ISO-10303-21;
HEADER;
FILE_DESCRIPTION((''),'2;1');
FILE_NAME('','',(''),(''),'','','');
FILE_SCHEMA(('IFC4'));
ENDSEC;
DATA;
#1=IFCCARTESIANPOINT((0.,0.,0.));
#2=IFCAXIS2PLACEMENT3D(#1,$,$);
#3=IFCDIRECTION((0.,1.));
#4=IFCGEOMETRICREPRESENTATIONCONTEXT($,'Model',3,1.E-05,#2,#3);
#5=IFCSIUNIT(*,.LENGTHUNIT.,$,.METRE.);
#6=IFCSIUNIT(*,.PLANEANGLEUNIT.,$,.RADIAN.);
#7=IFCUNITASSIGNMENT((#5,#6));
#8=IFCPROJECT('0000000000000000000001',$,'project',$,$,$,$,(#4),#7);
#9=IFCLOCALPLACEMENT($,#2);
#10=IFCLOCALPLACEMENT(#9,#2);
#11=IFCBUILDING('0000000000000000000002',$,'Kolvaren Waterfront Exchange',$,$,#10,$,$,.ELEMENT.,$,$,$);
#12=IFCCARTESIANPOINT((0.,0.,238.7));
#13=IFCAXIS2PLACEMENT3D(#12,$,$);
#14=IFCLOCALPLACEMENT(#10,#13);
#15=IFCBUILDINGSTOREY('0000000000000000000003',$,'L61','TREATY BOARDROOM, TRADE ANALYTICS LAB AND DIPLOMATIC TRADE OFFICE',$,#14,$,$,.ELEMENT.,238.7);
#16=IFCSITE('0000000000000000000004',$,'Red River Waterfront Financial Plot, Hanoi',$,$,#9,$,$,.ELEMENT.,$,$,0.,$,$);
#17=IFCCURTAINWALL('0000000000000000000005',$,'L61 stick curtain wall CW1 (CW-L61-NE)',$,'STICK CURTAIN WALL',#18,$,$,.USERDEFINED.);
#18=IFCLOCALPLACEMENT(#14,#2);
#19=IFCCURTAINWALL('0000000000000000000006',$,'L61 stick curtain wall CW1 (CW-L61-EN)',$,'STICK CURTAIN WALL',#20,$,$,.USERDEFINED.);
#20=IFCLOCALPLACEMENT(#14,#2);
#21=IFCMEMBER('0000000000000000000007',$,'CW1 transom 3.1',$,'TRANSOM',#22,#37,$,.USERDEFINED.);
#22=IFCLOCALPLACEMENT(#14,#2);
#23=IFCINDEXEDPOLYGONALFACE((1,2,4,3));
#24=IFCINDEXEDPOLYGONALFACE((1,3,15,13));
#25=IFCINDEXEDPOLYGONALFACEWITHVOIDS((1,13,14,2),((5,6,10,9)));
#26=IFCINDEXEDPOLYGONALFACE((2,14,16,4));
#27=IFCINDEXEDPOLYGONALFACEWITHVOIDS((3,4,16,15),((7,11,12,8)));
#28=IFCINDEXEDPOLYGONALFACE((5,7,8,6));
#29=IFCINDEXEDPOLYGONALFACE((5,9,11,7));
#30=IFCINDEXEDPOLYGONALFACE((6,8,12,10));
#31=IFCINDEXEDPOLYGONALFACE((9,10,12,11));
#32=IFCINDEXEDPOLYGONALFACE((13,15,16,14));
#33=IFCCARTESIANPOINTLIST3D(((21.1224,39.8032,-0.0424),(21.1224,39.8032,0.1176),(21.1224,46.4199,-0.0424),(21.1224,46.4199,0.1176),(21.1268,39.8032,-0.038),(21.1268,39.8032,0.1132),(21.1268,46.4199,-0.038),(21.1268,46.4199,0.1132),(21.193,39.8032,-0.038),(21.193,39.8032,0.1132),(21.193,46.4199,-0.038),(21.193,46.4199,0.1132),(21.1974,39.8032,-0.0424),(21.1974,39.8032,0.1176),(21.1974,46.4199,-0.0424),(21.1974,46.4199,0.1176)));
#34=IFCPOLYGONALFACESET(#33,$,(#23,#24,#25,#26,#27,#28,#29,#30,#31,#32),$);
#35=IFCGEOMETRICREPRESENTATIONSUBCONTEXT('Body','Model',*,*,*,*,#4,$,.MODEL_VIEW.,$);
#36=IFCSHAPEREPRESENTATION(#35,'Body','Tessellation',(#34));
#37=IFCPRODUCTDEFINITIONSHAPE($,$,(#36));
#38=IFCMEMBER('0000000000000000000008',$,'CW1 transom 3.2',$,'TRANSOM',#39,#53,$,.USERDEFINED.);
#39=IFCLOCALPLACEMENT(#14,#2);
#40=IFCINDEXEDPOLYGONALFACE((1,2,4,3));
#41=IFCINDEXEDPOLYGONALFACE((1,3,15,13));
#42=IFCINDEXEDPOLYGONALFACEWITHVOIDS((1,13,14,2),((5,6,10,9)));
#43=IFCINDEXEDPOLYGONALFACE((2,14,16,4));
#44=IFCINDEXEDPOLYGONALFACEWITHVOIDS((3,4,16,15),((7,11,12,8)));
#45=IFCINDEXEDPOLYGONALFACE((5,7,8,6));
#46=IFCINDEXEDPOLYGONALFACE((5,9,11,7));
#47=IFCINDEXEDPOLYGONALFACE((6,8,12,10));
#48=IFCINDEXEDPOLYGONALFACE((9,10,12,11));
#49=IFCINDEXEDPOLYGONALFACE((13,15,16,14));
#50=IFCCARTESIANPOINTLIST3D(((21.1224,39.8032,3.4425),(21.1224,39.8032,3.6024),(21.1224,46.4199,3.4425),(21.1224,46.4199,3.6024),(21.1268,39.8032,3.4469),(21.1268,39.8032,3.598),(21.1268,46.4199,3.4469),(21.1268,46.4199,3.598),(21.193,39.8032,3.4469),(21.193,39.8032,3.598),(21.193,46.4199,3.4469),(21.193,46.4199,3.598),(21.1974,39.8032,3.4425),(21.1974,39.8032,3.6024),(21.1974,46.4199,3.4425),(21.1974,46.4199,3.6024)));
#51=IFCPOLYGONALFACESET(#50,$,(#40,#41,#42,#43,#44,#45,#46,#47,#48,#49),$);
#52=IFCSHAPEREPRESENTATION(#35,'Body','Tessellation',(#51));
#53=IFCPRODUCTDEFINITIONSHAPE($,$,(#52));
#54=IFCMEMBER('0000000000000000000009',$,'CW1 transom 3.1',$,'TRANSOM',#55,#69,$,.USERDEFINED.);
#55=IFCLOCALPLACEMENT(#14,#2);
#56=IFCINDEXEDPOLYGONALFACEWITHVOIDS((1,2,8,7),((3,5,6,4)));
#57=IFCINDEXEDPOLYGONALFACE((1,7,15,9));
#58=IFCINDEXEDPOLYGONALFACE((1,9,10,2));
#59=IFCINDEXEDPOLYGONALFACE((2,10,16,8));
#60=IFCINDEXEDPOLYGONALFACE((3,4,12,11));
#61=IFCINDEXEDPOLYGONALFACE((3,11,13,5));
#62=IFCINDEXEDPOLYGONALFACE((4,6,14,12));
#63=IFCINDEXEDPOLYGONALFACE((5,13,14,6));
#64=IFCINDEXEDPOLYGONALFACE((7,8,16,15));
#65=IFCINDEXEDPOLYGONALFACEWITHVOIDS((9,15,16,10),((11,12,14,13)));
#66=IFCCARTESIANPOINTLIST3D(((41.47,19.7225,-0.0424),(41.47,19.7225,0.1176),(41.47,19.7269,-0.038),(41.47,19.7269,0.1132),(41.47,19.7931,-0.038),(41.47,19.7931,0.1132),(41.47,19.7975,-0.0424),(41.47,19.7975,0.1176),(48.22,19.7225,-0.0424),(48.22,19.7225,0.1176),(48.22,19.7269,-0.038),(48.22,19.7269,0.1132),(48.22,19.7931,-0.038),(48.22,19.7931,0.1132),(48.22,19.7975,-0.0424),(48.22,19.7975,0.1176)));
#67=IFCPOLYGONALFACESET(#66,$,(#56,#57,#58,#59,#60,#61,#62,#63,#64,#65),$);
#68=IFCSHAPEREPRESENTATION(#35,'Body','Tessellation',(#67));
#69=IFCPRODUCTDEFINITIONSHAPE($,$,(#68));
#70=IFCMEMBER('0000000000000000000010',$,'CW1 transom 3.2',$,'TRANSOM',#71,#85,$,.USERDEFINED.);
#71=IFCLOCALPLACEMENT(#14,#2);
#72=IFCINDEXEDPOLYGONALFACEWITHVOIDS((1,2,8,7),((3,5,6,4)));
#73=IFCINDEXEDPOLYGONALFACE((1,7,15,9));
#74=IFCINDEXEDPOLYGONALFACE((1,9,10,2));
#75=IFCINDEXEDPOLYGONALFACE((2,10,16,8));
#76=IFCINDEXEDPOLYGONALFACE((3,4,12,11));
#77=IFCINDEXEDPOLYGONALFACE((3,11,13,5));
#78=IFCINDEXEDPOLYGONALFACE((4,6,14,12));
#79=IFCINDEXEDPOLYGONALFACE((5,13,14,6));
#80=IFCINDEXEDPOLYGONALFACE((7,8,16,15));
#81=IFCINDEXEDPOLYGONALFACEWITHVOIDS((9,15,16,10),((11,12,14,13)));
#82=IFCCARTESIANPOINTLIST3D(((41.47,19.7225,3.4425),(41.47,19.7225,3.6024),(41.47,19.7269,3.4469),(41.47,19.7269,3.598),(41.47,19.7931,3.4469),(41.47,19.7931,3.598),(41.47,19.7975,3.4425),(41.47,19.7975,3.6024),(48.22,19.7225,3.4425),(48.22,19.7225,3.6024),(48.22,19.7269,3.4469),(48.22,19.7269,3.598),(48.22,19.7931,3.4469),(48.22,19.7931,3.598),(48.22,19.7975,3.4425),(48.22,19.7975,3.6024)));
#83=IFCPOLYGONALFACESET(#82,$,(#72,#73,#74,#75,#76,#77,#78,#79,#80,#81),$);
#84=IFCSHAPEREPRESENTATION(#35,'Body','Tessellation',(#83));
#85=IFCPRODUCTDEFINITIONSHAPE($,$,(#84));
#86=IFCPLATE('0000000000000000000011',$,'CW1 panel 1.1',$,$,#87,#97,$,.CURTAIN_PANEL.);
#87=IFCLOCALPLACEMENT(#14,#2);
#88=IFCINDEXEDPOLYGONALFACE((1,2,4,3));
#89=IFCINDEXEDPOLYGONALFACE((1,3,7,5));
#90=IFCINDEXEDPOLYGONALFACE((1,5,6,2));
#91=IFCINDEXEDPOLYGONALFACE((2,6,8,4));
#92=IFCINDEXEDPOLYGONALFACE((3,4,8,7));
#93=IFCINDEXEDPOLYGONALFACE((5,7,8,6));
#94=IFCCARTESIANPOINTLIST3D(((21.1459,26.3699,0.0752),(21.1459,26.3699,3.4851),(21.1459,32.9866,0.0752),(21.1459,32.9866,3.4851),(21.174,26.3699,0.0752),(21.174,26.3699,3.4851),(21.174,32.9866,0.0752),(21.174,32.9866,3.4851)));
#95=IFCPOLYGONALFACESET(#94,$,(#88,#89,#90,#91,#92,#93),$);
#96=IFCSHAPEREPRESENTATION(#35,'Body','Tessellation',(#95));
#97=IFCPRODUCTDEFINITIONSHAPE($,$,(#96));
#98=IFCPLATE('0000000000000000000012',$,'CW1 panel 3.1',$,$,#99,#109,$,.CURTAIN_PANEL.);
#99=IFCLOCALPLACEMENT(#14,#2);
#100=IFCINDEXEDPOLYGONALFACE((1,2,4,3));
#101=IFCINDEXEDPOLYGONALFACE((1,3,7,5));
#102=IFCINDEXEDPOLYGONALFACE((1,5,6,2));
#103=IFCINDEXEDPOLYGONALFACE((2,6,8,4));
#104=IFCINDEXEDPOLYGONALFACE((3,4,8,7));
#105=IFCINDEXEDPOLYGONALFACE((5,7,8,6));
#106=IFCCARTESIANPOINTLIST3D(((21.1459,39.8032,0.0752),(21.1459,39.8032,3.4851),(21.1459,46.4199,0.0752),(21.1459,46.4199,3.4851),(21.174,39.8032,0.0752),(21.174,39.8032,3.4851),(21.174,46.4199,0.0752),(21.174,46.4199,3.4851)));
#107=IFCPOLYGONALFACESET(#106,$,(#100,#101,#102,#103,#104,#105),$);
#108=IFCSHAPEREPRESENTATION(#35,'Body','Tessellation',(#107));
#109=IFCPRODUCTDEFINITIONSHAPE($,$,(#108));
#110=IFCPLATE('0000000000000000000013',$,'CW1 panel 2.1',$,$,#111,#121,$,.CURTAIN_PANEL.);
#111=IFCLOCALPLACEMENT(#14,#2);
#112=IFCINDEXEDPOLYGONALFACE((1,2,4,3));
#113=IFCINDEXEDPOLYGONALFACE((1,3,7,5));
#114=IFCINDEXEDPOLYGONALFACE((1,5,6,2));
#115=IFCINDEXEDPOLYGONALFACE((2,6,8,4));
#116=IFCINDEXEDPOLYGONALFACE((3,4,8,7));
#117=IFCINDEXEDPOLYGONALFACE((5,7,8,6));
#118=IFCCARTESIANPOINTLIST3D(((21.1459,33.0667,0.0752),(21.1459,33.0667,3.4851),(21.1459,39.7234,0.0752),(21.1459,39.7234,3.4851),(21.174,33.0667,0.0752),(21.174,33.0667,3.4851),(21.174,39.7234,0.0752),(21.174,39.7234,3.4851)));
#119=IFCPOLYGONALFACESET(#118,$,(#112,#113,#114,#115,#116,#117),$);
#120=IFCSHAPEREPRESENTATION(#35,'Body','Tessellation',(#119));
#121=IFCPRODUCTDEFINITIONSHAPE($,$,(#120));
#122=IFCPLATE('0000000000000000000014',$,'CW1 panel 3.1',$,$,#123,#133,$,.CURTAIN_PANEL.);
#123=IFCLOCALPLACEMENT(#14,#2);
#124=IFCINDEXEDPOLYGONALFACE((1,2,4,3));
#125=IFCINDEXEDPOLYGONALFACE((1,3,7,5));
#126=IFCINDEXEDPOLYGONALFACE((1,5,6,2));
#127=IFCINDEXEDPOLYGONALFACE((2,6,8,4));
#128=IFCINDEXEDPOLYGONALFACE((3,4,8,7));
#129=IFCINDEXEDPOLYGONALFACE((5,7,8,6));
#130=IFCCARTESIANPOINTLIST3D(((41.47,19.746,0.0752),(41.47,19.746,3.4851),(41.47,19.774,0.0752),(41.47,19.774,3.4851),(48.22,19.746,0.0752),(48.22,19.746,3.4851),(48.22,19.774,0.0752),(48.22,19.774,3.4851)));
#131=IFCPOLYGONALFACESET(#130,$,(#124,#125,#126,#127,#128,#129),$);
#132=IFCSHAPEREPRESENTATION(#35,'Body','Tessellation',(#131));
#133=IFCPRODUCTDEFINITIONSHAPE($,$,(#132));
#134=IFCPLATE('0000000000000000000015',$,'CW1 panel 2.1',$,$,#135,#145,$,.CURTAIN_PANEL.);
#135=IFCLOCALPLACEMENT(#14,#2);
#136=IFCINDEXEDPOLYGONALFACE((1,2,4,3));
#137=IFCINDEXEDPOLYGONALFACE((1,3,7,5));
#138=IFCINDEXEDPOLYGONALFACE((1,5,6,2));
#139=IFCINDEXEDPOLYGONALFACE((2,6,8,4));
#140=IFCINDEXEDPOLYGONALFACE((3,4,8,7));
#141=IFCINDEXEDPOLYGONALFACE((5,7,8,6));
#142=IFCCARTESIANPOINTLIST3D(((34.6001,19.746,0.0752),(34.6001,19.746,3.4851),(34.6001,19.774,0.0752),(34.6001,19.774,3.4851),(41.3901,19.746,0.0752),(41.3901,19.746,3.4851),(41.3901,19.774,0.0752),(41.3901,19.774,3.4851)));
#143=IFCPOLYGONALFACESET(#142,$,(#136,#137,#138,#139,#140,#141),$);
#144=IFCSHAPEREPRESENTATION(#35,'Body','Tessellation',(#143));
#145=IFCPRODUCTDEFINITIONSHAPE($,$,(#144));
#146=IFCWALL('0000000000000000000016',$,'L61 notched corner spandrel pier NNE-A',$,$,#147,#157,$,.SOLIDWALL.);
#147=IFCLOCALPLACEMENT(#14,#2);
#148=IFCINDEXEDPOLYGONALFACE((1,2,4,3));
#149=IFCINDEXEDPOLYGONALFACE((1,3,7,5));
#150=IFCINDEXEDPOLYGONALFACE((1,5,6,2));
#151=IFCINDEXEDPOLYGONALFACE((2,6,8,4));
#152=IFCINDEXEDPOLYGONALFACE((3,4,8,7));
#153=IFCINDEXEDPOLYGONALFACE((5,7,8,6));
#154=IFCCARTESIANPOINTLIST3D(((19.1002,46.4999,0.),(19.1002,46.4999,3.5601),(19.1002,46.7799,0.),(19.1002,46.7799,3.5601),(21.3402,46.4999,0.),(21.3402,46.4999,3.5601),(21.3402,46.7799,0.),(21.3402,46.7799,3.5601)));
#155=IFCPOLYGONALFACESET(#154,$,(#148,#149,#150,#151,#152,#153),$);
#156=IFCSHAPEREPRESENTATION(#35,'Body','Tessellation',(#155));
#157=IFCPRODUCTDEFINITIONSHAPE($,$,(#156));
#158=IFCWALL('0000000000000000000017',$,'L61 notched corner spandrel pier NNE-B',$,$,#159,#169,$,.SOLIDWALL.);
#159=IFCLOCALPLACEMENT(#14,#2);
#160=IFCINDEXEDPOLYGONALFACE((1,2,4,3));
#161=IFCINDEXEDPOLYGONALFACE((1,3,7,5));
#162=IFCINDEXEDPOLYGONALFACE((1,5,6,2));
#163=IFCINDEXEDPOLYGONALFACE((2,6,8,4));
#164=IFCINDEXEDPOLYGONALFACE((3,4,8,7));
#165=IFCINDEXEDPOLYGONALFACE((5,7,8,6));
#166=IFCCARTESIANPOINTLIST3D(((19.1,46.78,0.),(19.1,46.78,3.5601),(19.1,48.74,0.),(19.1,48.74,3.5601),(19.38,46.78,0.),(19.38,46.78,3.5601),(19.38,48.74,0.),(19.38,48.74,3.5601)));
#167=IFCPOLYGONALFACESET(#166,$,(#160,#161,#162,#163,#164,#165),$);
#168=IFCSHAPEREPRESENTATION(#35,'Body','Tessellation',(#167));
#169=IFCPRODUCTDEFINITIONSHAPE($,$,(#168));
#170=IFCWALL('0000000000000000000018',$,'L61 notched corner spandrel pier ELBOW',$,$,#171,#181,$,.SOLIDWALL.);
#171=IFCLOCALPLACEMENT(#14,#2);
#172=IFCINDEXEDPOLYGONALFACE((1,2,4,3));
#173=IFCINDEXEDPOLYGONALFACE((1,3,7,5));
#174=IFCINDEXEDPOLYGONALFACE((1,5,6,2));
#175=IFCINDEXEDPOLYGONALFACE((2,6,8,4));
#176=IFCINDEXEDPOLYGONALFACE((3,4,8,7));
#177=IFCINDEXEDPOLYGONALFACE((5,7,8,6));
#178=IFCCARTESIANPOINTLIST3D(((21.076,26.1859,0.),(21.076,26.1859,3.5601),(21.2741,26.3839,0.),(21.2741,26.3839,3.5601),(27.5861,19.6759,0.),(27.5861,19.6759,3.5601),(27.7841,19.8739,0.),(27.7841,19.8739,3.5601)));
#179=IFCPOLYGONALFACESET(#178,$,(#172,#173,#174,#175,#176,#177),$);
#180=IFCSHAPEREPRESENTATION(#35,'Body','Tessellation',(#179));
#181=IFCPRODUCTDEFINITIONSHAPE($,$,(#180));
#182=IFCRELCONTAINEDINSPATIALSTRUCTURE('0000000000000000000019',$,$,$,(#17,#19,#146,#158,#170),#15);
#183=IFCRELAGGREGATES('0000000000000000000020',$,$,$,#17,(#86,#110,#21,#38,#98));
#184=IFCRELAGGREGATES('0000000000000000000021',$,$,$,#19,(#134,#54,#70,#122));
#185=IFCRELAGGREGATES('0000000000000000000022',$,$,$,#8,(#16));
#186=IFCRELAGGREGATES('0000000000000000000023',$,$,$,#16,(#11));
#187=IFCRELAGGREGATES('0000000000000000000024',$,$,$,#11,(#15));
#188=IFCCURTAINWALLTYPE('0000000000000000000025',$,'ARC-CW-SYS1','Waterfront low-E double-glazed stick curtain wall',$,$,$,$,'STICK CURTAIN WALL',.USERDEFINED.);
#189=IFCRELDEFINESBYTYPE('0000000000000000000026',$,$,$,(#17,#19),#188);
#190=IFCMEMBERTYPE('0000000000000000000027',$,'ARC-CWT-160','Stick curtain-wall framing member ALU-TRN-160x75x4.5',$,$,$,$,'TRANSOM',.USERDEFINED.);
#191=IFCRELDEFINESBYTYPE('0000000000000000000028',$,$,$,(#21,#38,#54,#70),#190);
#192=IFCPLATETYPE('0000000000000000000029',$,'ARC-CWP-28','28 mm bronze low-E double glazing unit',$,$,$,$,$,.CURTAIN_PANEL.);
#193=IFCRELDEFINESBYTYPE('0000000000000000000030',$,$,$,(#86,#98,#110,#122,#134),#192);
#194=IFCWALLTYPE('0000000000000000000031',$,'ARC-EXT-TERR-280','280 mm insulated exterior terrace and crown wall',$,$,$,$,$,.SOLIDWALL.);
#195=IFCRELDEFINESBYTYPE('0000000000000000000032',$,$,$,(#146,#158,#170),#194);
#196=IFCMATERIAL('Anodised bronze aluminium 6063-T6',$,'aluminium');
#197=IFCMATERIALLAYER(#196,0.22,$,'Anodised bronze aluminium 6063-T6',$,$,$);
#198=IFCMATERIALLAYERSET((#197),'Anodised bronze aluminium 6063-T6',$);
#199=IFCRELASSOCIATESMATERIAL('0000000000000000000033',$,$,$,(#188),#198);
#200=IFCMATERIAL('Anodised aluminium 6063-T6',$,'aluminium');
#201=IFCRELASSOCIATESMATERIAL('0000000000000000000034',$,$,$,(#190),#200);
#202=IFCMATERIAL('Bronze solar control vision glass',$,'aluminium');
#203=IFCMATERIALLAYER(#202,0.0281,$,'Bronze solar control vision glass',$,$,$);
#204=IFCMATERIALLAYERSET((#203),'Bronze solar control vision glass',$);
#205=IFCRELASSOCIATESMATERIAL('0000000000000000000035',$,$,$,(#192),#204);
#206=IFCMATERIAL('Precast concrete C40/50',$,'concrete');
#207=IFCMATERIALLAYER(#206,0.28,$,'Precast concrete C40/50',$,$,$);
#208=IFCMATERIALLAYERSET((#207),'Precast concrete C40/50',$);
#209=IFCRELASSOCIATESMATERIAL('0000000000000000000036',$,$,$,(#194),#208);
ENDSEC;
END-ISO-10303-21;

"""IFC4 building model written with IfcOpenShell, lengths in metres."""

from ifc_helpers import new_model, si_unit, direction, frame, frame_2d, origin, origin_with_axes, origin_2d, place, context, subcontext, project, spatial, rectangle, hollow_rectangle, extrude, source, transform, mapped, material, layer, layer_set, material_profile, profile_set, type_object, element, aggregate, save


model = new_model("IFC4")

# Units and contexts
model_context = context("Model", 3, precision=1e-05, world=origin(), true_north=direction((0.0, 1.0)))
body_context = subcontext(model_context, "Body", "Model", "MODEL_VIEW")
ifc_project = project(units=[si_unit("LENGTHUNIT", "METRE"), si_unit("PLANEANGLEUNIT", "RADIAN")], contexts=[model_context])

# Site, building, storey
site_placement = place(None, origin())
site = spatial("IfcSite", under=ifc_project, at=site_placement, Name="Red River Waterfront Financial Plot, Hanoi", CompositionType="ELEMENT", RefElevation=0.0)
building_placement = place(site_placement, origin())
building = spatial("IfcBuilding", under=site, at=building_placement, Name="Kolvaren Waterfront Exchange", CompositionType="ELEMENT")
storey_placement = place(building_placement, frame((0.0, 0.0, 238.7)))
storey = spatial("IfcBuildingStorey", under=building, at=storey_placement, Name="L61", Description="TREATY BOARDROOM, TRADE ANALYTICS LAB AND DIPLOMATIC TRADE OFFICE", CompositionType="ELEMENT", Elevation=238.7)

# Curtain walls
ifc_material_1 = material(Name="Anodised bronze aluminium 6063-T6", Category="aluminium")
ifc_layer_1 = layer(ifc_material_1, 0.22, Name="Anodised bronze aluminium 6063-T6")
ifc_layer_set_1 = layer_set([ifc_layer_1], Name="Anodised bronze aluminium 6063-T6")
curtain_wall_type = type_object("IfcCurtainWallType", Name="ARC-CW-SYS1", Description="Waterfront low-E double-glazed stick curtain wall", ElementType="STICK CURTAIN WALL", PredefinedType="USERDEFINED", material=ifc_layer_set_1)
curtain_wall_1_placement = place(storey_placement, origin())
curtain_wall_1 = element("IfcCurtainWall", 1, at=curtain_wall_1_placement, inside=storey, type_object=curtain_wall_type, Name="L61 stick curtain wall CW1 (CW-L61-NE)", ObjectType="STICK CURTAIN WALL", PredefinedType="USERDEFINED")
ifc_material_2 = material(Name="Anodised aluminium 6063-T6", Category="aluminium")
curtain_wall_2_placement = place(storey_placement, origin())
curtain_wall_2 = element("IfcCurtainWall", 2, at=curtain_wall_2_placement, inside=storey, type_object=curtain_wall_type, Name="L61 stick curtain wall CW1 (CW-L61-EN)", ObjectType="STICK CURTAIN WALL", PredefinedType="USERDEFINED")

# Members
ifc_material_profile_1 = material_profile(ifc_material_2, hollow_rectangle(XDim=0.075, YDim=0.1599, WallThickness=0.0044, at=origin_2d()), Name="ALU-TRN-160x75x4.5")
ifc_profile_set_1 = profile_set([ifc_material_profile_1], Name="Anodised aluminium 6063-T6")
member_type_1 = type_object("IfcMemberType", Name="ARC-CWT-160", Description="Stick curtain-wall framing member ALU-TRN-160x75x4.5", ElementType="TRANSOM", PredefinedType="USERDEFINED", material=ifc_profile_set_1)
shared_shape_1 = source(origin_with_axes(), body_context, "Body", "SweptSolid", [
    extrude(hollow_rectangle(XDim=0.075, YDim=0.1599, WallThickness=0.0044, at=origin_2d()), origin(), (0.0, 0.0, 1.0), 6.6167),
])
member_1_placement = place(storey_placement, frame((21.1599, 39.8032, 0.0376), z_axis=(0.0, 1.0, 0.0), x_axis=(-1.0, 0.0, 0.0)))
member_1 = element("IfcMember", 3, at=member_1_placement, type_object=member_type_1, Name="CW1 transom 3.1", ObjectType="TRANSOM", PredefinedType="USERDEFINED", context=body_context, shape_type="MappedRepresentation", body=[
    mapped(shared_shape_1, transform((0.0, 0.0, 0.0), x_axis=(1.0, 0.0, 0.0), y_axis=(0.0, 1.0, 0.0), z_axis=(0.0, 0.0, 1.0), scale=1.0)),
])
member_2_placement = place(storey_placement, frame((21.1599, 39.8032, 3.5225), z_axis=(0.0, 1.0, 0.0), x_axis=(-1.0, 0.0, 0.0)))
member_2 = element("IfcMember", 4, at=member_2_placement, type_object=member_type_1, Name="CW1 transom 3.2", ObjectType="TRANSOM", PredefinedType="USERDEFINED", context=body_context, shape_type="MappedRepresentation", body=[
    mapped(shared_shape_1, transform((0.0, 0.0, 0.0), x_axis=(1.0, 0.0, 0.0), y_axis=(0.0, 1.0, 0.0), z_axis=(0.0, 0.0, 1.0), scale=1.0)),
])
shared_shape_2 = source(origin_with_axes(), body_context, "Body", "SweptSolid", [
    extrude(hollow_rectangle(XDim=0.075, YDim=0.1599, WallThickness=0.0044, at=origin_2d()), origin(), (0.0, 0.0, 1.0), 6.75),
])
member_3_placement = place(storey_placement, frame((41.47, 19.76, 0.0376), z_axis=(1.0, 0.0, 0.0), x_axis=(0.0, 1.0, 0.0)))
member_3 = element("IfcMember", 5, at=member_3_placement, type_object=member_type_1, Name="CW1 transom 3.1", ObjectType="TRANSOM", PredefinedType="USERDEFINED", context=body_context, shape_type="MappedRepresentation", body=[
    mapped(shared_shape_2, transform((0.0, 0.0, 0.0), x_axis=(1.0, 0.0, 0.0), y_axis=(0.0, 1.0, 0.0), z_axis=(0.0, 0.0, 1.0), scale=1.0)),
])
member_4_placement = place(storey_placement, frame((41.47, 19.76, 3.5225), z_axis=(1.0, 0.0, 0.0), x_axis=(0.0, 1.0, 0.0)))
member_4 = element("IfcMember", 6, at=member_4_placement, type_object=member_type_1, Name="CW1 transom 3.2", ObjectType="TRANSOM", PredefinedType="USERDEFINED", context=body_context, shape_type="MappedRepresentation", body=[
    mapped(shared_shape_2, transform((0.0, 0.0, 0.0), x_axis=(1.0, 0.0, 0.0), y_axis=(0.0, 1.0, 0.0), z_axis=(0.0, 0.0, 1.0), scale=1.0)),
])

# Plates
ifc_material_3 = material(Name="Bronze solar control vision glass", Category="aluminium")
ifc_layer_2 = layer(ifc_material_3, 0.0281, Name="Bronze solar control vision glass")
ifc_layer_set_2 = layer_set([ifc_layer_2], Name="Bronze solar control vision glass")
plate_type = type_object("IfcPlateType", Name="ARC-CWP-28", Description="28 mm bronze low-E double glazing unit", PredefinedType="CURTAIN_PANEL", material=ifc_layer_set_2)
shared_shape_3 = source(origin_with_axes(), body_context, "Body", "SweptSolid", [
    extrude(rectangle(XDim=6.6167, YDim=0.0281, at=origin_2d()), origin(), (0.0, 0.0, 1.0), 3.4099),
])
plate_1_placement = place(storey_placement, frame((21.1599, 29.6782, 0.0752), z_axis=(0.0, 0.0, 1.0), x_axis=(0.0, 1.0, 0.0)))
plate_1 = element("IfcPlate", 7, at=plate_1_placement, type_object=plate_type, Name="CW1 panel 1.1", PredefinedType="CURTAIN_PANEL", context=body_context, shape_type="MappedRepresentation", body=[
    mapped(shared_shape_3, transform((0.0, 0.0, 0.0), x_axis=(1.0, 0.0, 0.0), y_axis=(0.0, 1.0, 0.0), z_axis=(0.0, 0.0, 1.0), scale=1.0)),
])
plate_2_placement = place(storey_placement, frame((21.1599, 43.1116, 0.0752), z_axis=(0.0, 0.0, 1.0), x_axis=(0.0, 1.0, 0.0)))
plate_2 = element("IfcPlate", 8, at=plate_2_placement, type_object=plate_type, Name="CW1 panel 3.1", PredefinedType="CURTAIN_PANEL", context=body_context, shape_type="MappedRepresentation", body=[
    mapped(shared_shape_3, transform((0.0, 0.0, 0.0), x_axis=(1.0, 0.0, 0.0), y_axis=(0.0, 1.0, 0.0), z_axis=(0.0, 0.0, 1.0), scale=1.0)),
])
shared_shape_4 = source(origin_with_axes(), body_context, "Body", "SweptSolid", [
    extrude(rectangle(XDim=6.6567, YDim=0.0281, at=origin_2d()), origin(), (0.0, 0.0, 1.0), 3.4099),
])
plate_3_placement = place(storey_placement, frame((21.1599, 36.395, 0.0752), z_axis=(0.0, 0.0, 1.0), x_axis=(0.0, 1.0, 0.0)))
plate_3 = element("IfcPlate", 9, at=plate_3_placement, type_object=plate_type, Name="CW1 panel 2.1", PredefinedType="CURTAIN_PANEL", context=body_context, shape_type="MappedRepresentation", body=[
    mapped(shared_shape_4, transform((0.0, 0.0, 0.0), x_axis=(1.0, 0.0, 0.0), y_axis=(0.0, 1.0, 0.0), z_axis=(0.0, 0.0, 1.0), scale=1.0)),
])
aggregate(curtain_wall_1, [plate_1, plate_3, member_1, member_2, plate_2])
shared_shape_5 = source(origin_with_axes(), body_context, "Body", "SweptSolid", [
    extrude(rectangle(XDim=6.75, YDim=0.0281, at=origin_2d()), origin(), (0.0, 0.0, 1.0), 3.4099),
])
plate_4_placement = place(storey_placement, frame((44.845, 19.76, 0.0752), z_axis=(0.0, 0.0, 1.0), x_axis=(1.0, 0.0, 0.0)))
plate_4 = element("IfcPlate", 10, at=plate_4_placement, type_object=plate_type, Name="CW1 panel 3.1", PredefinedType="CURTAIN_PANEL", context=body_context, shape_type="MappedRepresentation", body=[
    mapped(shared_shape_5, transform((0.0, 0.0, 0.0), x_axis=(1.0, 0.0, 0.0), y_axis=(0.0, 1.0, 0.0), z_axis=(0.0, 0.0, 1.0), scale=1.0)),
])
shared_shape_6 = source(origin_with_axes(), body_context, "Body", "SweptSolid", [
    extrude(rectangle(XDim=6.79, YDim=0.0281, at=origin_2d()), origin(), (0.0, 0.0, 1.0), 3.4099),
])
plate_5_placement = place(storey_placement, frame((37.9951, 19.76, 0.0752), z_axis=(0.0, 0.0, 1.0), x_axis=(1.0, 0.0, 0.0)))
plate_5 = element("IfcPlate", 11, at=plate_5_placement, type_object=plate_type, Name="CW1 panel 2.1", PredefinedType="CURTAIN_PANEL", context=body_context, shape_type="MappedRepresentation", body=[
    mapped(shared_shape_6, transform((0.0, 0.0, 0.0), x_axis=(1.0, 0.0, 0.0), y_axis=(0.0, 1.0, 0.0), z_axis=(0.0, 0.0, 1.0), scale=1.0)),
])
aggregate(curtain_wall_2, [plate_5, member_3, member_4, plate_4])

# Walls
ifc_material_4 = material(Name="Precast concrete C40/50", Category="concrete")
ifc_layer_3 = layer(ifc_material_4, 0.28, Name="Precast concrete C40/50")
ifc_layer_set_3 = layer_set([ifc_layer_3], Name="Precast concrete C40/50")
wall_type = type_object("IfcWallType", Name="ARC-EXT-TERR-280", Description="280 mm insulated exterior terrace and crown wall", PredefinedType="SOLIDWALL", material=ifc_layer_set_3)
wall_1_placement = place(storey_placement, frame((19.1001, 46.6399, 0.0), z_axis=(0.0, 0.0, 1.0), x_axis=(1.0, 0.0, 0.0)))
element("IfcWall", 12, at=wall_1_placement, inside=storey, type_object=wall_type, Name="L61 notched corner spandrel pier NNE-A", PredefinedType="SOLIDWALL", context=body_context, shape_type="SweptSolid", body=[
    extrude(rectangle(XDim=2.24, YDim=0.28, at=frame_2d((1.1201, 0.0))), origin(), (0.0, 0.0, 1.0), 3.5601),
])
wall_2_placement = place(storey_placement, frame((19.24, 46.78, 0.0), z_axis=(0.0, 0.0, 1.0), x_axis=(0.0, 1.0, 0.0)))
element("IfcWall", 13, at=wall_2_placement, inside=storey, type_object=wall_type, Name="L61 notched corner spandrel pier NNE-B", PredefinedType="SOLIDWALL", context=body_context, shape_type="SweptSolid", body=[
    extrude(rectangle(XDim=1.96, YDim=0.28, at=frame_2d((0.98, 0.0))), origin(), (0.0, 0.0, 1.0), 3.5601),
])
wall_3_placement = place(storey_placement, frame((27.6851, 19.7749, 0.0), z_axis=(0.0, 0.0, 1.0), x_axis=(-0.707107, 0.707107, 0.0)))
element("IfcWall", 14, at=wall_3_placement, inside=storey, type_object=wall_type, Name="L61 notched corner spandrel pier ELBOW", PredefinedType="SOLIDWALL", context=body_context, shape_type="SweptSolid", body=[
    extrude(rectangle(XDim=9.2065, YDim=0.28, at=frame_2d((4.6033, 0.0))), origin(), (0.0, 0.0, 1.0), 3.5601),
])

save(model, "model.ifc")
